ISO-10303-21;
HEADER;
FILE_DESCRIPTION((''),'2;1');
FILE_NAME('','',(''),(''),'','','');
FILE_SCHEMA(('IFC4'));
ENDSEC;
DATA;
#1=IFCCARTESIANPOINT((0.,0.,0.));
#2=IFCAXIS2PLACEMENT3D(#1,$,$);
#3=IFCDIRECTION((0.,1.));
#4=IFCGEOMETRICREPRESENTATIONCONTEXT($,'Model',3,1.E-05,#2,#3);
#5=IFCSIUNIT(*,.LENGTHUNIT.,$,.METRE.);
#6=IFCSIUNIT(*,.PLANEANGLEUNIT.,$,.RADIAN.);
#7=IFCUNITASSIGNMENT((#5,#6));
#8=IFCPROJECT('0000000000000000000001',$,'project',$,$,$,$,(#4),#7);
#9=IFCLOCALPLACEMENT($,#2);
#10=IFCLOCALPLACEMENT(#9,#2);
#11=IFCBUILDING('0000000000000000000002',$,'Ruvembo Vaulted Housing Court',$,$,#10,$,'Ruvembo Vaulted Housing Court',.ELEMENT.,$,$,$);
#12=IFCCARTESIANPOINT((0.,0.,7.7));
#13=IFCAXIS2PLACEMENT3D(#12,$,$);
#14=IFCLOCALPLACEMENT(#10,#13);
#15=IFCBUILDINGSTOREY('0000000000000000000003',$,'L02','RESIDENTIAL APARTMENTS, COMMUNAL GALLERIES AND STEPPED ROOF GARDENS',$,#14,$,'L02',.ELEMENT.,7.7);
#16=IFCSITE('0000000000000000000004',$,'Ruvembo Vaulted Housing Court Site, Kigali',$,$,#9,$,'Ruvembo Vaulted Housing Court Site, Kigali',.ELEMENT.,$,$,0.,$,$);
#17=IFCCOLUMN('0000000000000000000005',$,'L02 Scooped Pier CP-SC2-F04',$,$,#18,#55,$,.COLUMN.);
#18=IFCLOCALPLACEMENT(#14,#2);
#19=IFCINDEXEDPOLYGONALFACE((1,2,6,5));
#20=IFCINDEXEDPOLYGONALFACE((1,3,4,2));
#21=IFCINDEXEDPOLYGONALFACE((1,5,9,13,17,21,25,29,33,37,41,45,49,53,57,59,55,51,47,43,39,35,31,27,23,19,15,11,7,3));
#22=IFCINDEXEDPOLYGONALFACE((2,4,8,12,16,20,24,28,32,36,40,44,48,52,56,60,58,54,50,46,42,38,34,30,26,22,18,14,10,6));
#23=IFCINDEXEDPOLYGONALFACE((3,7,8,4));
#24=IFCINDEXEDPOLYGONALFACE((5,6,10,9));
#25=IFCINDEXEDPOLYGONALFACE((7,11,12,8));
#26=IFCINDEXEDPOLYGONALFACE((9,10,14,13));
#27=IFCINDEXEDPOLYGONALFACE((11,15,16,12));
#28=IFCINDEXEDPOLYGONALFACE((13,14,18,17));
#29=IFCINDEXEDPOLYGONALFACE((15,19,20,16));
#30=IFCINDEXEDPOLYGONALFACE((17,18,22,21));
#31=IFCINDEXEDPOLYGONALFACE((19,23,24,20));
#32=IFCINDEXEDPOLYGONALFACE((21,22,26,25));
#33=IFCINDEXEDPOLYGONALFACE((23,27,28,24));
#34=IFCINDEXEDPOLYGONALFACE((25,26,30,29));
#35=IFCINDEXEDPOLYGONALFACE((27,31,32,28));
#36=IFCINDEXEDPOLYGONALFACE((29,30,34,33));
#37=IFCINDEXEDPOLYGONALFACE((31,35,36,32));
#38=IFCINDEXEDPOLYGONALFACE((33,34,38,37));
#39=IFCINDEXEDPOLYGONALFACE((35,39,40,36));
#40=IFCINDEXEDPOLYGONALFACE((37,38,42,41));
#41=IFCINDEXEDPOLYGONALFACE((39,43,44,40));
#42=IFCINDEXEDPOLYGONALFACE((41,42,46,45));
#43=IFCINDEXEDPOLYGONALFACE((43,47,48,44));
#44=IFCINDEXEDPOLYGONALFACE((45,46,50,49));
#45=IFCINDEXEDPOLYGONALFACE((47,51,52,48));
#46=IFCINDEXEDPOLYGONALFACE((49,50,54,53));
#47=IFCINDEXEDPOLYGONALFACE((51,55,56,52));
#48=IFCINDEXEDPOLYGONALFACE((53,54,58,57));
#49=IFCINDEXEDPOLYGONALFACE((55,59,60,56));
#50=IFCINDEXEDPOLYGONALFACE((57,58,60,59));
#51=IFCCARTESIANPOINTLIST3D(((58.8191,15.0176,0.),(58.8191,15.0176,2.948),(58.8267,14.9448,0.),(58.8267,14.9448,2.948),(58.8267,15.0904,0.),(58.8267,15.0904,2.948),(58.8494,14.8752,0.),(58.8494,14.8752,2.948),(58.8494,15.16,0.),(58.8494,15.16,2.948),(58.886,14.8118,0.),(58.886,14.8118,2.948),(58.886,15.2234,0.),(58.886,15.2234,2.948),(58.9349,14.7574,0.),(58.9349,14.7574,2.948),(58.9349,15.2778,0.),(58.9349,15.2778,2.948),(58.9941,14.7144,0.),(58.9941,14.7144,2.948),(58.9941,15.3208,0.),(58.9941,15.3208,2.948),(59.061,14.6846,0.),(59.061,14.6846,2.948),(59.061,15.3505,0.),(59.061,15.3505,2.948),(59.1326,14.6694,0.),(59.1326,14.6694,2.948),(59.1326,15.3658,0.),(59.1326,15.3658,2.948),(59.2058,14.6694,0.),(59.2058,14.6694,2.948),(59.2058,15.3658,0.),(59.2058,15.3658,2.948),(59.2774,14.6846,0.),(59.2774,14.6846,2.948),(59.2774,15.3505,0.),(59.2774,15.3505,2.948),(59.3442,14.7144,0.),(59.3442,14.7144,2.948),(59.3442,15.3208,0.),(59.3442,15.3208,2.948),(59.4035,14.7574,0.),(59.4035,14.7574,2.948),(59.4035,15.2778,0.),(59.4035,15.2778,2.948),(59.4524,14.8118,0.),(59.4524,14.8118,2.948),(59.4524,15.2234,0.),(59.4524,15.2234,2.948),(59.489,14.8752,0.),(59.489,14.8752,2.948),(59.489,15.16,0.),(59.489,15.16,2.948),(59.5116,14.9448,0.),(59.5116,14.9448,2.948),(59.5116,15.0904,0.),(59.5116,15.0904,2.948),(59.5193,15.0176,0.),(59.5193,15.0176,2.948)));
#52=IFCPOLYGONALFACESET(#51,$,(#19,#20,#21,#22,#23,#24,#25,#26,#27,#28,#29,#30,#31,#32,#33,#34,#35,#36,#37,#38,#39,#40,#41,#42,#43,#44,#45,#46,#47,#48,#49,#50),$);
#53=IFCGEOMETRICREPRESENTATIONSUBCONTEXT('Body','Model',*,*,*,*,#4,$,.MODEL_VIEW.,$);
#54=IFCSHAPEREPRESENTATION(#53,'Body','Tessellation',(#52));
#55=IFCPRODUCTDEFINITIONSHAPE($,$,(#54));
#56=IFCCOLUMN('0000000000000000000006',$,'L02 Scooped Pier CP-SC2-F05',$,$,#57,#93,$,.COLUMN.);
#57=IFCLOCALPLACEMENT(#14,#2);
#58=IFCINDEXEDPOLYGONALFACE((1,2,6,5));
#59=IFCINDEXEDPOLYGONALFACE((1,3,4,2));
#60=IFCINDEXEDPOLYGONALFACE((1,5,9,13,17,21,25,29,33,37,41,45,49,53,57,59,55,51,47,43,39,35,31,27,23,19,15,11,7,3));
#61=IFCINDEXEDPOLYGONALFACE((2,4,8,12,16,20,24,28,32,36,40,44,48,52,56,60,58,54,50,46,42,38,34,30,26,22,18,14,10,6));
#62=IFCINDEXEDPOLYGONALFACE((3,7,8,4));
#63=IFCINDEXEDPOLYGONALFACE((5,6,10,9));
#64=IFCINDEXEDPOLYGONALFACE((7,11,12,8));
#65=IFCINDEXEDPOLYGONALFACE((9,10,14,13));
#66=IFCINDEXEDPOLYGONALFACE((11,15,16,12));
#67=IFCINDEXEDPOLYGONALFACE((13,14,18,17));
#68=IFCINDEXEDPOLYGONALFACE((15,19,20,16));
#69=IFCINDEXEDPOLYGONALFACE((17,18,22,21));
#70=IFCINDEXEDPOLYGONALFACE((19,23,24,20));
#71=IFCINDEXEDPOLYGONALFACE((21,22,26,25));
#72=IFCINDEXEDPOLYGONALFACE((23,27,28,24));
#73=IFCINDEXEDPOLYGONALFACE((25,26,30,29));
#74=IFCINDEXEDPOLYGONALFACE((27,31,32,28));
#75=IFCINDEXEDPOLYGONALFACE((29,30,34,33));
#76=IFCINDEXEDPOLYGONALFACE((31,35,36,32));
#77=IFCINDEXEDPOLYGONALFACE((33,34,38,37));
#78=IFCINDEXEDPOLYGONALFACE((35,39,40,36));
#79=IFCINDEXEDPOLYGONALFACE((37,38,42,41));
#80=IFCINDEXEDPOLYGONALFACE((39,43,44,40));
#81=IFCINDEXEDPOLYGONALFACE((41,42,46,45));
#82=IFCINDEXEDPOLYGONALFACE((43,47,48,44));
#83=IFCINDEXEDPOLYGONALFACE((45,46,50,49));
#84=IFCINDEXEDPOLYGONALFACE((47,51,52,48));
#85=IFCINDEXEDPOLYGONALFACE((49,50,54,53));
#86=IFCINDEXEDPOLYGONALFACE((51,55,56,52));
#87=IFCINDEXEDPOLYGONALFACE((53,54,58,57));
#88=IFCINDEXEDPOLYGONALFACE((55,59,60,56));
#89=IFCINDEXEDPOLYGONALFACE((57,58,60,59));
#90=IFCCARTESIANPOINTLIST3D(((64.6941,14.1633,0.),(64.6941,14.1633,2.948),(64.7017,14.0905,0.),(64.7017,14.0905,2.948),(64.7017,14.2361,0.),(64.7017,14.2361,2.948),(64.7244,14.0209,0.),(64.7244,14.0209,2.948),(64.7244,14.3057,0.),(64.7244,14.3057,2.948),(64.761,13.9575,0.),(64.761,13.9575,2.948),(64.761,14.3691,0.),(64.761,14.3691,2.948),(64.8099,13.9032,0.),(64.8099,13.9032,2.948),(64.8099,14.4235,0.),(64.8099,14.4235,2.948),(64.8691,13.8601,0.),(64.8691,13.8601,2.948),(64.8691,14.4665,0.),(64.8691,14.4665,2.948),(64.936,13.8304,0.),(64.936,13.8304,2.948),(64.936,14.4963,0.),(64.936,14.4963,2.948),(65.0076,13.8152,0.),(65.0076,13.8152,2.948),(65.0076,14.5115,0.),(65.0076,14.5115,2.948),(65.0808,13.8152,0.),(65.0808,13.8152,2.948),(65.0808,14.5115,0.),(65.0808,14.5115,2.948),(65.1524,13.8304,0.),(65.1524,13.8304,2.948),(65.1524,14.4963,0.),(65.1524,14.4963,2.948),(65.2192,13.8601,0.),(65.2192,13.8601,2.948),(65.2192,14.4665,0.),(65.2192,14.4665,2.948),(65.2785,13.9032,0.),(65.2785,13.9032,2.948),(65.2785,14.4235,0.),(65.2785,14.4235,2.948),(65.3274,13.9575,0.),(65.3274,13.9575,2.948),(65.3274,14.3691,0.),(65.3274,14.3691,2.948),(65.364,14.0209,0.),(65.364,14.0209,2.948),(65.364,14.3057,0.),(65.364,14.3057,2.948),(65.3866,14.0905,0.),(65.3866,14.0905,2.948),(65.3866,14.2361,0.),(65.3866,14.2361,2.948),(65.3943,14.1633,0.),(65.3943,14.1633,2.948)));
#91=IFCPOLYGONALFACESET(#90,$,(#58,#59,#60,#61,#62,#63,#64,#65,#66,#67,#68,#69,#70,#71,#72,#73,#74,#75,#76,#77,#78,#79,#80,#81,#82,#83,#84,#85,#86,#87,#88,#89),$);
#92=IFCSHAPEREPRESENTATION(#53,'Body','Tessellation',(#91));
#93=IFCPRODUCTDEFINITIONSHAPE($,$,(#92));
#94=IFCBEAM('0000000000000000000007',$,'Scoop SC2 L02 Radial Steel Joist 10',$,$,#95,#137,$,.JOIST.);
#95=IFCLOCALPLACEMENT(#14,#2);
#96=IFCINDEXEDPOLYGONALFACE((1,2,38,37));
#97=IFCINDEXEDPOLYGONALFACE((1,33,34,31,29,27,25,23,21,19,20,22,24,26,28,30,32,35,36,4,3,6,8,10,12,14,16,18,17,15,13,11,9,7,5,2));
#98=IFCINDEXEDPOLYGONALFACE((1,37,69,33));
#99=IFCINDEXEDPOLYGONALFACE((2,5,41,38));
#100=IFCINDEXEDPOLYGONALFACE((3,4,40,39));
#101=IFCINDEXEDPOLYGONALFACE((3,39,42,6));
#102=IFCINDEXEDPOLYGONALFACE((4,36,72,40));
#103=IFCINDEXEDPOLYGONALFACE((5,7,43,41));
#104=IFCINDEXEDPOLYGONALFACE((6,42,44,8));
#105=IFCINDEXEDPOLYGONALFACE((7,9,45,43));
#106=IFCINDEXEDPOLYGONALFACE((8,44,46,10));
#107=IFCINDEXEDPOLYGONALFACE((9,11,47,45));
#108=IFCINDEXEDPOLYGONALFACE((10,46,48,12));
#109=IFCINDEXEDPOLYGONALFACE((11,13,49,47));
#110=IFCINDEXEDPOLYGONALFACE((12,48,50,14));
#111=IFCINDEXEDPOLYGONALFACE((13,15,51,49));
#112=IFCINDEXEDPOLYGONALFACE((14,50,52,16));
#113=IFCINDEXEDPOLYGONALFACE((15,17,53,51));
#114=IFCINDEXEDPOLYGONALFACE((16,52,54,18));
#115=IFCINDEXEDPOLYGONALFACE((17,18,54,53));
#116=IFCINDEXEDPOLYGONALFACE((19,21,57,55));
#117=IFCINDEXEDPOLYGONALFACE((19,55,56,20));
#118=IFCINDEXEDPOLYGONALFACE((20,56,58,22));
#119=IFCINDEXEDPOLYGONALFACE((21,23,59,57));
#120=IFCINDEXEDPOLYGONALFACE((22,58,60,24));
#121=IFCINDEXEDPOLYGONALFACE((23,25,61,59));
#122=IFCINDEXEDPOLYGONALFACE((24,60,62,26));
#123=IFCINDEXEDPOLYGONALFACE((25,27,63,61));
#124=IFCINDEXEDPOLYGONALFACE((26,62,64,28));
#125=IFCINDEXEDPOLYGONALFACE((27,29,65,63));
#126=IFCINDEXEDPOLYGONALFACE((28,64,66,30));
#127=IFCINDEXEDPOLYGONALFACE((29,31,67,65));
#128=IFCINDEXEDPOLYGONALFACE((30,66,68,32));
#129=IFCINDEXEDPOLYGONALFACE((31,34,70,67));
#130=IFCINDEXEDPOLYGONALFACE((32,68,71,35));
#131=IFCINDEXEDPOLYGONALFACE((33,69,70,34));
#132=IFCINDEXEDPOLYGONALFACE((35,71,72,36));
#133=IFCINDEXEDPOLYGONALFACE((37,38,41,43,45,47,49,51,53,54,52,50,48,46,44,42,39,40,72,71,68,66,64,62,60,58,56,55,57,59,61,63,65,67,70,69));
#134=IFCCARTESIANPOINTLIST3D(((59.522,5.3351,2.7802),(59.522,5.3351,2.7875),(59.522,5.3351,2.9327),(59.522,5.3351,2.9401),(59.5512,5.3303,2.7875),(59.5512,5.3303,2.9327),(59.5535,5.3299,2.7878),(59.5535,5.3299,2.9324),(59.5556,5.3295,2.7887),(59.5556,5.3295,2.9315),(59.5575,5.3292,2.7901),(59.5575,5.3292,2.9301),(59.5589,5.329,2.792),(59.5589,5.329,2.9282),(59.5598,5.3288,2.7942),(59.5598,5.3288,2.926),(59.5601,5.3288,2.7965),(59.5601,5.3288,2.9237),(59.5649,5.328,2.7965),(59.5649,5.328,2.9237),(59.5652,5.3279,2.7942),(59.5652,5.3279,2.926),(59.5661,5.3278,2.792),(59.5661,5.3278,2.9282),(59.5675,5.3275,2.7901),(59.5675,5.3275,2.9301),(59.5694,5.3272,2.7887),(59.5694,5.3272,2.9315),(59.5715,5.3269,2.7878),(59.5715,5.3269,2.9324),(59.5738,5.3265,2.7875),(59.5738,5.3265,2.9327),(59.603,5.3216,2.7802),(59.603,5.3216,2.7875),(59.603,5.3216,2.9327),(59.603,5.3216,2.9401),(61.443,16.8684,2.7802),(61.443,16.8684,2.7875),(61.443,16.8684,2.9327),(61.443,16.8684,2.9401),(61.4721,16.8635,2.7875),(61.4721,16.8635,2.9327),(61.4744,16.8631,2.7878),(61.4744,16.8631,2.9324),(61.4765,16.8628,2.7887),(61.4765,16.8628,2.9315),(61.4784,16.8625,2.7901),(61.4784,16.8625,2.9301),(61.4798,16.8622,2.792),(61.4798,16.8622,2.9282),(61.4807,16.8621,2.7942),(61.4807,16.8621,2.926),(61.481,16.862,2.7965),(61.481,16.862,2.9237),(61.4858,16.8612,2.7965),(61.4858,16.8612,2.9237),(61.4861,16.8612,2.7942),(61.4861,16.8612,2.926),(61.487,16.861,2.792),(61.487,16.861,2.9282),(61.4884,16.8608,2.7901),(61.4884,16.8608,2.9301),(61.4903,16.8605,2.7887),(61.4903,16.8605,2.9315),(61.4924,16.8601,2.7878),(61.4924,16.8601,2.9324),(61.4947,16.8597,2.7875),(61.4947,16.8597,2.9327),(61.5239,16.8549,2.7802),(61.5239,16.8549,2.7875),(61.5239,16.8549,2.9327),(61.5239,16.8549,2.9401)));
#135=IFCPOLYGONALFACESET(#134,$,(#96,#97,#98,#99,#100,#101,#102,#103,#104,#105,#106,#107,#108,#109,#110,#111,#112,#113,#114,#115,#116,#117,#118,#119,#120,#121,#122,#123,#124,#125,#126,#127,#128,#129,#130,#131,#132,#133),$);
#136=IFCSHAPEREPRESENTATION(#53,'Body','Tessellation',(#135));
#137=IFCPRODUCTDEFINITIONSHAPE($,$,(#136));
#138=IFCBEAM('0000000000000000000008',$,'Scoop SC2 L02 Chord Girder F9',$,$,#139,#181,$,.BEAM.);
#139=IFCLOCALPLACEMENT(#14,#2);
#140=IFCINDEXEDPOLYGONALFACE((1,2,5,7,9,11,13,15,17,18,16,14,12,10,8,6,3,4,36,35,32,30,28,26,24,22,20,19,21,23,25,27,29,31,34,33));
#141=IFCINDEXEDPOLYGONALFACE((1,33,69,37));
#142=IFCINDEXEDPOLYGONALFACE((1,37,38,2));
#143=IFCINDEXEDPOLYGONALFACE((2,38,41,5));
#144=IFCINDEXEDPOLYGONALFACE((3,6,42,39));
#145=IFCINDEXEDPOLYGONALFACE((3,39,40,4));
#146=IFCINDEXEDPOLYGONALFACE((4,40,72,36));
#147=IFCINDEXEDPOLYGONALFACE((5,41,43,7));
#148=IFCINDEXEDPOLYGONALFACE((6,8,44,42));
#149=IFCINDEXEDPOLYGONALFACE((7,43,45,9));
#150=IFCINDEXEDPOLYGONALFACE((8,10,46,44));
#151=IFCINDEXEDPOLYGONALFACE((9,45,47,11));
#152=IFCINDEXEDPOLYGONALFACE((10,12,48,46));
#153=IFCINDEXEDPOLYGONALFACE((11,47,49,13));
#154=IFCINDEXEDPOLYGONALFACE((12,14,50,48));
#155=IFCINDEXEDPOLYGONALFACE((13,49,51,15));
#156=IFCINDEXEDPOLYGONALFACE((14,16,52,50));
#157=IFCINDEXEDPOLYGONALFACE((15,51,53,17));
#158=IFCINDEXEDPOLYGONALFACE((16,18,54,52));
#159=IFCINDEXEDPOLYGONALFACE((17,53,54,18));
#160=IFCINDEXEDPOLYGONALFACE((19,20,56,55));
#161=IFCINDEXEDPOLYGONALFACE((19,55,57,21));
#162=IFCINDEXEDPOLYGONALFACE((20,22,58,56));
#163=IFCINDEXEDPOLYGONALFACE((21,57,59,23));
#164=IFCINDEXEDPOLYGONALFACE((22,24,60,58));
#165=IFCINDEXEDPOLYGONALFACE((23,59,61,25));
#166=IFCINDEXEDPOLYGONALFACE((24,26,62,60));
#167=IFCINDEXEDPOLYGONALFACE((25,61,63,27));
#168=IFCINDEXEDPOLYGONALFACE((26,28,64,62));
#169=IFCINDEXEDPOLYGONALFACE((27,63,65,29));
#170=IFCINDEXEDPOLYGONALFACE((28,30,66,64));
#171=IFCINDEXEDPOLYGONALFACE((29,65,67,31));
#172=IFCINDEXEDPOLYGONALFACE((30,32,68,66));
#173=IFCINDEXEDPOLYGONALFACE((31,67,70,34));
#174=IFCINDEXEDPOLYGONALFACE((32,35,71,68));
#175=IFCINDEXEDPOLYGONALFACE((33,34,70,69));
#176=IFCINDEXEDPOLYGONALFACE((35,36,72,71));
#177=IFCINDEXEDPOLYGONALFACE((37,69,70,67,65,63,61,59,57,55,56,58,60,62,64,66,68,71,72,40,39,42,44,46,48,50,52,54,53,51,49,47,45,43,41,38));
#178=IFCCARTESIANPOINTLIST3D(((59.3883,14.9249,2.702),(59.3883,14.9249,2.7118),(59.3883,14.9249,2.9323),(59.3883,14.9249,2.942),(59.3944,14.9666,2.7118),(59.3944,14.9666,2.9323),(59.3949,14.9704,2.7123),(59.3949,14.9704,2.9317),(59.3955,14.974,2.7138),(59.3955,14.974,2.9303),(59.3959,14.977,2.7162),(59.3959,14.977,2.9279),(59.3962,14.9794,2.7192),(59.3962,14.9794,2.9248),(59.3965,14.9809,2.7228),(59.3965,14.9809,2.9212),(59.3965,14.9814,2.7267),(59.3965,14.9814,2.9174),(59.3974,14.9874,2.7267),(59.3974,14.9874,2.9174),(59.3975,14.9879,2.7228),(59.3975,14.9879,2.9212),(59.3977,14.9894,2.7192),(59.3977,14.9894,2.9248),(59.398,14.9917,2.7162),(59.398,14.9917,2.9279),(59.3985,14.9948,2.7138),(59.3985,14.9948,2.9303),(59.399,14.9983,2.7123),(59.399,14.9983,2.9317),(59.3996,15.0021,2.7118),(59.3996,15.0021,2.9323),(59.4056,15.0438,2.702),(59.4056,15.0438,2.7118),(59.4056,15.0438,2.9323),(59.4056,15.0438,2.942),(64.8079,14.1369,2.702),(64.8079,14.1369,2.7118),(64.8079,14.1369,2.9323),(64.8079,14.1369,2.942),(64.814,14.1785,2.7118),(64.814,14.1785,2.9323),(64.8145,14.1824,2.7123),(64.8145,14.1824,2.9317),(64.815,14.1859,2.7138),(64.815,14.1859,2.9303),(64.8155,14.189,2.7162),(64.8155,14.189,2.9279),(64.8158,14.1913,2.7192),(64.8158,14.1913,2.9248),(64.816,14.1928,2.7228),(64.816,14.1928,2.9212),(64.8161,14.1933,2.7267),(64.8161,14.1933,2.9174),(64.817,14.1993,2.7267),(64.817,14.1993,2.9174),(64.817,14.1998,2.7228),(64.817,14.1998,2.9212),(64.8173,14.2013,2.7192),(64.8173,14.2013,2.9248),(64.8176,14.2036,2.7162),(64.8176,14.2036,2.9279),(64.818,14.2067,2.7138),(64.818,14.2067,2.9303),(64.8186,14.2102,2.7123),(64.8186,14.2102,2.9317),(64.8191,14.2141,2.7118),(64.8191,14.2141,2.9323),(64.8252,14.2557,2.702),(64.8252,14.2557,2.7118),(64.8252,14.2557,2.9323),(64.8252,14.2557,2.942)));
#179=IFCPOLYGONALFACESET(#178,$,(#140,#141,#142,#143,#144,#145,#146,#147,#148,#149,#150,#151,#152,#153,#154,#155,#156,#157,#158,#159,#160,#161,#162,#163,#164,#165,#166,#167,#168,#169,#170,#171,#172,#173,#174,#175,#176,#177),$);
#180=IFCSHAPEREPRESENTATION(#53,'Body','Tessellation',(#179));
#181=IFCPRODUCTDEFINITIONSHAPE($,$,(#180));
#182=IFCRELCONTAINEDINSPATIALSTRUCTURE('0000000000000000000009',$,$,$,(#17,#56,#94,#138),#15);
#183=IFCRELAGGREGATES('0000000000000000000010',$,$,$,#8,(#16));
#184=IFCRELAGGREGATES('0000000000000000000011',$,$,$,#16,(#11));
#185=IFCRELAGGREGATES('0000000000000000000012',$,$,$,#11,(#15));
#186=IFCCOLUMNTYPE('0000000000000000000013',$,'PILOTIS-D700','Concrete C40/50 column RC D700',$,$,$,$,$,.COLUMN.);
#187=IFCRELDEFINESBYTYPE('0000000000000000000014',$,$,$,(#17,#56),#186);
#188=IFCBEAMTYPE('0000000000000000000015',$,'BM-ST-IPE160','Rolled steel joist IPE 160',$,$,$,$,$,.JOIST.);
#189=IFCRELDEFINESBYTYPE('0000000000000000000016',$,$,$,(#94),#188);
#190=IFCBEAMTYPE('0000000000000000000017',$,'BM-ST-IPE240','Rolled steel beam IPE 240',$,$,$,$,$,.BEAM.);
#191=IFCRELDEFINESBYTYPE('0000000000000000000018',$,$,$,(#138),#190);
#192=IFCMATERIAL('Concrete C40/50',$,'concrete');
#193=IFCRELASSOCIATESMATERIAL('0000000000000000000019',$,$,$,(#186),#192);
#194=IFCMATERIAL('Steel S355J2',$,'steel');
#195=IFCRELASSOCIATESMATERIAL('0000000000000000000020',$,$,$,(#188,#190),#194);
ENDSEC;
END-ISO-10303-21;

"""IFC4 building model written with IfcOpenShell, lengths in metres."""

from ifc_helpers import new_model, si_unit, direction, frame, origin, origin_2d, place, context, subcontext, project, spatial, circle, i_section, extrude, material, material_profile, profile_set, type_object, element, save


model = new_model("IFC4")

# Units and contexts
model_context = context("Model", 3, precision=1e-05, world=origin(), true_north=direction((0.0, 1.0)))
body_context = subcontext(model_context, "Body", "Model", "MODEL_VIEW")
ifc_project = project(units=[si_unit("LENGTHUNIT", "METRE"), si_unit("PLANEANGLEUNIT", "RADIAN")], contexts=[model_context])

# Site, building, storey
site_placement = place(None, origin())
site = spatial("IfcSite", under=ifc_project, at=site_placement, Name="Ruvembo Vaulted Housing Court Site, Kigali", LongName="Ruvembo Vaulted Housing Court Site, Kigali", CompositionType="ELEMENT", RefElevation=0.0)
building_placement = place(site_placement, origin())
building = spatial("IfcBuilding", under=site, at=building_placement, Name="Ruvembo Vaulted Housing Court", LongName="Ruvembo Vaulted Housing Court", CompositionType="ELEMENT")
storey_placement = place(building_placement, frame((0.0, 0.0, 7.7)))
storey = spatial("IfcBuildingStorey", under=building, at=storey_placement, Name="L02", Description="RESIDENTIAL APARTMENTS, COMMUNAL GALLERIES AND STEPPED ROOF GARDENS", LongName="L02", CompositionType="ELEMENT", Elevation=7.7)

# Columns
ifc_material_1 = material(Name="Concrete C40/50", Category="concrete")
ifc_material_profile_1 = material_profile(ifc_material_1, circle(Radius=0.3501, at=origin_2d()), Name="RC D700")
ifc_profile_set_1 = profile_set([ifc_material_profile_1], Name="Concrete C40/50")
column_type = type_object("IfcColumnType", Name="PILOTIS-D700", Description="Concrete C40/50 column RC D700", PredefinedType="COLUMN", material=ifc_profile_set_1)
for number, where, z_axis, x_axis, name in (
    (1, (59.1692, 15.0176, 0.0), (0.0, 0.0, 1.0), (1.0, 0.0, 0.0), "L02 Scooped Pier CP-SC2-F04"),
    (2, (65.0442, 14.1633, 0.0), (0.0, 0.0, 1.0), (1.0, 0.0, 0.0), "L02 Scooped Pier CP-SC2-F05"),
):
    element("IfcColumn", number, at=place(storey_placement, frame(where, z_axis=z_axis, x_axis=x_axis)), inside=storey, type_object=column_type, Name=name, PredefinedType="COLUMN", context=body_context, shape_type="SweptSolid", body=[
        extrude(circle(Radius=0.3501, at=origin_2d()), origin(), (0.0, 0.0, 1.0), 2.948),
    ])

# Beams
ifc_material_2 = material(Name="Steel S355J2", Category="steel")
ifc_material_profile_2 = material_profile(ifc_material_2, i_section(OverallWidth=0.082, OverallDepth=0.1599, WebThickness=0.0049, FlangeThickness=0.0073, FilletRadius=0.009, at=origin_2d()), Name="IPE 160")
ifc_profile_set_2 = profile_set([ifc_material_profile_2], Name="Steel S355J2")
beam_type_1 = type_object("IfcBeamType", Name="BM-ST-IPE160", Description="Rolled steel joist IPE 160", PredefinedType="JOIST", material=ifc_profile_set_2)
beam_1_placement = place(storey_placement, frame((59.5625, 5.3284, 2.8601), z_axis=(0.164291, 0.986412, 0.0), x_axis=(-0.986412, 0.164291, 0.0)))
element("IfcBeam", 3, at=beam_1_placement, inside=storey, type_object=beam_type_1, Name="Scoop SC2 L02 Radial Steel Joist 10", PredefinedType="JOIST", context=body_context, shape_type="SweptSolid", body=[
    extrude(i_section(OverallWidth=0.082, OverallDepth=0.1599, WebThickness=0.0049, FlangeThickness=0.0073, FilletRadius=0.009, at=origin_2d()), origin(), (0.0, 0.0, 1.0), 11.6921),
])
ifc_material_profile_3 = material_profile(ifc_material_2, i_section(OverallWidth=0.1201, OverallDepth=0.24, WebThickness=0.0061, FlangeThickness=0.0098, FilletRadius=0.0149, at=origin_2d()), Name="IPE 240")
ifc_profile_set_3 = profile_set([ifc_material_profile_3], Name="Steel S355J2")
beam_type_2 = type_object("IfcBeamType", Name="BM-ST-IPE240", Description="Rolled steel beam IPE 240", PredefinedType="BEAM", material=ifc_profile_set_3)
for number, where, z_axis, x_axis, name in (
    (4, (59.397, 14.9844, 2.822), (0.989592, -0.143899, 0.0), (0.143899, 0.989592, 0.0), "Scoop SC2 L02 Chord Girder F9"),
):
    element("IfcBeam", number, at=place(storey_placement, frame(where, z_axis=z_axis, x_axis=x_axis)), inside=storey, type_object=beam_type_2, Name=name, PredefinedType="BEAM", context=body_context, shape_type="SweptSolid", body=[
        extrude(i_section(OverallWidth=0.1201, OverallDepth=0.24, WebThickness=0.0061, FlangeThickness=0.0098, FilletRadius=0.0149, at=origin_2d()), origin(), (0.0, 0.0, 1.0), 5.4766),
    ])

save(model, "model.ifc")
